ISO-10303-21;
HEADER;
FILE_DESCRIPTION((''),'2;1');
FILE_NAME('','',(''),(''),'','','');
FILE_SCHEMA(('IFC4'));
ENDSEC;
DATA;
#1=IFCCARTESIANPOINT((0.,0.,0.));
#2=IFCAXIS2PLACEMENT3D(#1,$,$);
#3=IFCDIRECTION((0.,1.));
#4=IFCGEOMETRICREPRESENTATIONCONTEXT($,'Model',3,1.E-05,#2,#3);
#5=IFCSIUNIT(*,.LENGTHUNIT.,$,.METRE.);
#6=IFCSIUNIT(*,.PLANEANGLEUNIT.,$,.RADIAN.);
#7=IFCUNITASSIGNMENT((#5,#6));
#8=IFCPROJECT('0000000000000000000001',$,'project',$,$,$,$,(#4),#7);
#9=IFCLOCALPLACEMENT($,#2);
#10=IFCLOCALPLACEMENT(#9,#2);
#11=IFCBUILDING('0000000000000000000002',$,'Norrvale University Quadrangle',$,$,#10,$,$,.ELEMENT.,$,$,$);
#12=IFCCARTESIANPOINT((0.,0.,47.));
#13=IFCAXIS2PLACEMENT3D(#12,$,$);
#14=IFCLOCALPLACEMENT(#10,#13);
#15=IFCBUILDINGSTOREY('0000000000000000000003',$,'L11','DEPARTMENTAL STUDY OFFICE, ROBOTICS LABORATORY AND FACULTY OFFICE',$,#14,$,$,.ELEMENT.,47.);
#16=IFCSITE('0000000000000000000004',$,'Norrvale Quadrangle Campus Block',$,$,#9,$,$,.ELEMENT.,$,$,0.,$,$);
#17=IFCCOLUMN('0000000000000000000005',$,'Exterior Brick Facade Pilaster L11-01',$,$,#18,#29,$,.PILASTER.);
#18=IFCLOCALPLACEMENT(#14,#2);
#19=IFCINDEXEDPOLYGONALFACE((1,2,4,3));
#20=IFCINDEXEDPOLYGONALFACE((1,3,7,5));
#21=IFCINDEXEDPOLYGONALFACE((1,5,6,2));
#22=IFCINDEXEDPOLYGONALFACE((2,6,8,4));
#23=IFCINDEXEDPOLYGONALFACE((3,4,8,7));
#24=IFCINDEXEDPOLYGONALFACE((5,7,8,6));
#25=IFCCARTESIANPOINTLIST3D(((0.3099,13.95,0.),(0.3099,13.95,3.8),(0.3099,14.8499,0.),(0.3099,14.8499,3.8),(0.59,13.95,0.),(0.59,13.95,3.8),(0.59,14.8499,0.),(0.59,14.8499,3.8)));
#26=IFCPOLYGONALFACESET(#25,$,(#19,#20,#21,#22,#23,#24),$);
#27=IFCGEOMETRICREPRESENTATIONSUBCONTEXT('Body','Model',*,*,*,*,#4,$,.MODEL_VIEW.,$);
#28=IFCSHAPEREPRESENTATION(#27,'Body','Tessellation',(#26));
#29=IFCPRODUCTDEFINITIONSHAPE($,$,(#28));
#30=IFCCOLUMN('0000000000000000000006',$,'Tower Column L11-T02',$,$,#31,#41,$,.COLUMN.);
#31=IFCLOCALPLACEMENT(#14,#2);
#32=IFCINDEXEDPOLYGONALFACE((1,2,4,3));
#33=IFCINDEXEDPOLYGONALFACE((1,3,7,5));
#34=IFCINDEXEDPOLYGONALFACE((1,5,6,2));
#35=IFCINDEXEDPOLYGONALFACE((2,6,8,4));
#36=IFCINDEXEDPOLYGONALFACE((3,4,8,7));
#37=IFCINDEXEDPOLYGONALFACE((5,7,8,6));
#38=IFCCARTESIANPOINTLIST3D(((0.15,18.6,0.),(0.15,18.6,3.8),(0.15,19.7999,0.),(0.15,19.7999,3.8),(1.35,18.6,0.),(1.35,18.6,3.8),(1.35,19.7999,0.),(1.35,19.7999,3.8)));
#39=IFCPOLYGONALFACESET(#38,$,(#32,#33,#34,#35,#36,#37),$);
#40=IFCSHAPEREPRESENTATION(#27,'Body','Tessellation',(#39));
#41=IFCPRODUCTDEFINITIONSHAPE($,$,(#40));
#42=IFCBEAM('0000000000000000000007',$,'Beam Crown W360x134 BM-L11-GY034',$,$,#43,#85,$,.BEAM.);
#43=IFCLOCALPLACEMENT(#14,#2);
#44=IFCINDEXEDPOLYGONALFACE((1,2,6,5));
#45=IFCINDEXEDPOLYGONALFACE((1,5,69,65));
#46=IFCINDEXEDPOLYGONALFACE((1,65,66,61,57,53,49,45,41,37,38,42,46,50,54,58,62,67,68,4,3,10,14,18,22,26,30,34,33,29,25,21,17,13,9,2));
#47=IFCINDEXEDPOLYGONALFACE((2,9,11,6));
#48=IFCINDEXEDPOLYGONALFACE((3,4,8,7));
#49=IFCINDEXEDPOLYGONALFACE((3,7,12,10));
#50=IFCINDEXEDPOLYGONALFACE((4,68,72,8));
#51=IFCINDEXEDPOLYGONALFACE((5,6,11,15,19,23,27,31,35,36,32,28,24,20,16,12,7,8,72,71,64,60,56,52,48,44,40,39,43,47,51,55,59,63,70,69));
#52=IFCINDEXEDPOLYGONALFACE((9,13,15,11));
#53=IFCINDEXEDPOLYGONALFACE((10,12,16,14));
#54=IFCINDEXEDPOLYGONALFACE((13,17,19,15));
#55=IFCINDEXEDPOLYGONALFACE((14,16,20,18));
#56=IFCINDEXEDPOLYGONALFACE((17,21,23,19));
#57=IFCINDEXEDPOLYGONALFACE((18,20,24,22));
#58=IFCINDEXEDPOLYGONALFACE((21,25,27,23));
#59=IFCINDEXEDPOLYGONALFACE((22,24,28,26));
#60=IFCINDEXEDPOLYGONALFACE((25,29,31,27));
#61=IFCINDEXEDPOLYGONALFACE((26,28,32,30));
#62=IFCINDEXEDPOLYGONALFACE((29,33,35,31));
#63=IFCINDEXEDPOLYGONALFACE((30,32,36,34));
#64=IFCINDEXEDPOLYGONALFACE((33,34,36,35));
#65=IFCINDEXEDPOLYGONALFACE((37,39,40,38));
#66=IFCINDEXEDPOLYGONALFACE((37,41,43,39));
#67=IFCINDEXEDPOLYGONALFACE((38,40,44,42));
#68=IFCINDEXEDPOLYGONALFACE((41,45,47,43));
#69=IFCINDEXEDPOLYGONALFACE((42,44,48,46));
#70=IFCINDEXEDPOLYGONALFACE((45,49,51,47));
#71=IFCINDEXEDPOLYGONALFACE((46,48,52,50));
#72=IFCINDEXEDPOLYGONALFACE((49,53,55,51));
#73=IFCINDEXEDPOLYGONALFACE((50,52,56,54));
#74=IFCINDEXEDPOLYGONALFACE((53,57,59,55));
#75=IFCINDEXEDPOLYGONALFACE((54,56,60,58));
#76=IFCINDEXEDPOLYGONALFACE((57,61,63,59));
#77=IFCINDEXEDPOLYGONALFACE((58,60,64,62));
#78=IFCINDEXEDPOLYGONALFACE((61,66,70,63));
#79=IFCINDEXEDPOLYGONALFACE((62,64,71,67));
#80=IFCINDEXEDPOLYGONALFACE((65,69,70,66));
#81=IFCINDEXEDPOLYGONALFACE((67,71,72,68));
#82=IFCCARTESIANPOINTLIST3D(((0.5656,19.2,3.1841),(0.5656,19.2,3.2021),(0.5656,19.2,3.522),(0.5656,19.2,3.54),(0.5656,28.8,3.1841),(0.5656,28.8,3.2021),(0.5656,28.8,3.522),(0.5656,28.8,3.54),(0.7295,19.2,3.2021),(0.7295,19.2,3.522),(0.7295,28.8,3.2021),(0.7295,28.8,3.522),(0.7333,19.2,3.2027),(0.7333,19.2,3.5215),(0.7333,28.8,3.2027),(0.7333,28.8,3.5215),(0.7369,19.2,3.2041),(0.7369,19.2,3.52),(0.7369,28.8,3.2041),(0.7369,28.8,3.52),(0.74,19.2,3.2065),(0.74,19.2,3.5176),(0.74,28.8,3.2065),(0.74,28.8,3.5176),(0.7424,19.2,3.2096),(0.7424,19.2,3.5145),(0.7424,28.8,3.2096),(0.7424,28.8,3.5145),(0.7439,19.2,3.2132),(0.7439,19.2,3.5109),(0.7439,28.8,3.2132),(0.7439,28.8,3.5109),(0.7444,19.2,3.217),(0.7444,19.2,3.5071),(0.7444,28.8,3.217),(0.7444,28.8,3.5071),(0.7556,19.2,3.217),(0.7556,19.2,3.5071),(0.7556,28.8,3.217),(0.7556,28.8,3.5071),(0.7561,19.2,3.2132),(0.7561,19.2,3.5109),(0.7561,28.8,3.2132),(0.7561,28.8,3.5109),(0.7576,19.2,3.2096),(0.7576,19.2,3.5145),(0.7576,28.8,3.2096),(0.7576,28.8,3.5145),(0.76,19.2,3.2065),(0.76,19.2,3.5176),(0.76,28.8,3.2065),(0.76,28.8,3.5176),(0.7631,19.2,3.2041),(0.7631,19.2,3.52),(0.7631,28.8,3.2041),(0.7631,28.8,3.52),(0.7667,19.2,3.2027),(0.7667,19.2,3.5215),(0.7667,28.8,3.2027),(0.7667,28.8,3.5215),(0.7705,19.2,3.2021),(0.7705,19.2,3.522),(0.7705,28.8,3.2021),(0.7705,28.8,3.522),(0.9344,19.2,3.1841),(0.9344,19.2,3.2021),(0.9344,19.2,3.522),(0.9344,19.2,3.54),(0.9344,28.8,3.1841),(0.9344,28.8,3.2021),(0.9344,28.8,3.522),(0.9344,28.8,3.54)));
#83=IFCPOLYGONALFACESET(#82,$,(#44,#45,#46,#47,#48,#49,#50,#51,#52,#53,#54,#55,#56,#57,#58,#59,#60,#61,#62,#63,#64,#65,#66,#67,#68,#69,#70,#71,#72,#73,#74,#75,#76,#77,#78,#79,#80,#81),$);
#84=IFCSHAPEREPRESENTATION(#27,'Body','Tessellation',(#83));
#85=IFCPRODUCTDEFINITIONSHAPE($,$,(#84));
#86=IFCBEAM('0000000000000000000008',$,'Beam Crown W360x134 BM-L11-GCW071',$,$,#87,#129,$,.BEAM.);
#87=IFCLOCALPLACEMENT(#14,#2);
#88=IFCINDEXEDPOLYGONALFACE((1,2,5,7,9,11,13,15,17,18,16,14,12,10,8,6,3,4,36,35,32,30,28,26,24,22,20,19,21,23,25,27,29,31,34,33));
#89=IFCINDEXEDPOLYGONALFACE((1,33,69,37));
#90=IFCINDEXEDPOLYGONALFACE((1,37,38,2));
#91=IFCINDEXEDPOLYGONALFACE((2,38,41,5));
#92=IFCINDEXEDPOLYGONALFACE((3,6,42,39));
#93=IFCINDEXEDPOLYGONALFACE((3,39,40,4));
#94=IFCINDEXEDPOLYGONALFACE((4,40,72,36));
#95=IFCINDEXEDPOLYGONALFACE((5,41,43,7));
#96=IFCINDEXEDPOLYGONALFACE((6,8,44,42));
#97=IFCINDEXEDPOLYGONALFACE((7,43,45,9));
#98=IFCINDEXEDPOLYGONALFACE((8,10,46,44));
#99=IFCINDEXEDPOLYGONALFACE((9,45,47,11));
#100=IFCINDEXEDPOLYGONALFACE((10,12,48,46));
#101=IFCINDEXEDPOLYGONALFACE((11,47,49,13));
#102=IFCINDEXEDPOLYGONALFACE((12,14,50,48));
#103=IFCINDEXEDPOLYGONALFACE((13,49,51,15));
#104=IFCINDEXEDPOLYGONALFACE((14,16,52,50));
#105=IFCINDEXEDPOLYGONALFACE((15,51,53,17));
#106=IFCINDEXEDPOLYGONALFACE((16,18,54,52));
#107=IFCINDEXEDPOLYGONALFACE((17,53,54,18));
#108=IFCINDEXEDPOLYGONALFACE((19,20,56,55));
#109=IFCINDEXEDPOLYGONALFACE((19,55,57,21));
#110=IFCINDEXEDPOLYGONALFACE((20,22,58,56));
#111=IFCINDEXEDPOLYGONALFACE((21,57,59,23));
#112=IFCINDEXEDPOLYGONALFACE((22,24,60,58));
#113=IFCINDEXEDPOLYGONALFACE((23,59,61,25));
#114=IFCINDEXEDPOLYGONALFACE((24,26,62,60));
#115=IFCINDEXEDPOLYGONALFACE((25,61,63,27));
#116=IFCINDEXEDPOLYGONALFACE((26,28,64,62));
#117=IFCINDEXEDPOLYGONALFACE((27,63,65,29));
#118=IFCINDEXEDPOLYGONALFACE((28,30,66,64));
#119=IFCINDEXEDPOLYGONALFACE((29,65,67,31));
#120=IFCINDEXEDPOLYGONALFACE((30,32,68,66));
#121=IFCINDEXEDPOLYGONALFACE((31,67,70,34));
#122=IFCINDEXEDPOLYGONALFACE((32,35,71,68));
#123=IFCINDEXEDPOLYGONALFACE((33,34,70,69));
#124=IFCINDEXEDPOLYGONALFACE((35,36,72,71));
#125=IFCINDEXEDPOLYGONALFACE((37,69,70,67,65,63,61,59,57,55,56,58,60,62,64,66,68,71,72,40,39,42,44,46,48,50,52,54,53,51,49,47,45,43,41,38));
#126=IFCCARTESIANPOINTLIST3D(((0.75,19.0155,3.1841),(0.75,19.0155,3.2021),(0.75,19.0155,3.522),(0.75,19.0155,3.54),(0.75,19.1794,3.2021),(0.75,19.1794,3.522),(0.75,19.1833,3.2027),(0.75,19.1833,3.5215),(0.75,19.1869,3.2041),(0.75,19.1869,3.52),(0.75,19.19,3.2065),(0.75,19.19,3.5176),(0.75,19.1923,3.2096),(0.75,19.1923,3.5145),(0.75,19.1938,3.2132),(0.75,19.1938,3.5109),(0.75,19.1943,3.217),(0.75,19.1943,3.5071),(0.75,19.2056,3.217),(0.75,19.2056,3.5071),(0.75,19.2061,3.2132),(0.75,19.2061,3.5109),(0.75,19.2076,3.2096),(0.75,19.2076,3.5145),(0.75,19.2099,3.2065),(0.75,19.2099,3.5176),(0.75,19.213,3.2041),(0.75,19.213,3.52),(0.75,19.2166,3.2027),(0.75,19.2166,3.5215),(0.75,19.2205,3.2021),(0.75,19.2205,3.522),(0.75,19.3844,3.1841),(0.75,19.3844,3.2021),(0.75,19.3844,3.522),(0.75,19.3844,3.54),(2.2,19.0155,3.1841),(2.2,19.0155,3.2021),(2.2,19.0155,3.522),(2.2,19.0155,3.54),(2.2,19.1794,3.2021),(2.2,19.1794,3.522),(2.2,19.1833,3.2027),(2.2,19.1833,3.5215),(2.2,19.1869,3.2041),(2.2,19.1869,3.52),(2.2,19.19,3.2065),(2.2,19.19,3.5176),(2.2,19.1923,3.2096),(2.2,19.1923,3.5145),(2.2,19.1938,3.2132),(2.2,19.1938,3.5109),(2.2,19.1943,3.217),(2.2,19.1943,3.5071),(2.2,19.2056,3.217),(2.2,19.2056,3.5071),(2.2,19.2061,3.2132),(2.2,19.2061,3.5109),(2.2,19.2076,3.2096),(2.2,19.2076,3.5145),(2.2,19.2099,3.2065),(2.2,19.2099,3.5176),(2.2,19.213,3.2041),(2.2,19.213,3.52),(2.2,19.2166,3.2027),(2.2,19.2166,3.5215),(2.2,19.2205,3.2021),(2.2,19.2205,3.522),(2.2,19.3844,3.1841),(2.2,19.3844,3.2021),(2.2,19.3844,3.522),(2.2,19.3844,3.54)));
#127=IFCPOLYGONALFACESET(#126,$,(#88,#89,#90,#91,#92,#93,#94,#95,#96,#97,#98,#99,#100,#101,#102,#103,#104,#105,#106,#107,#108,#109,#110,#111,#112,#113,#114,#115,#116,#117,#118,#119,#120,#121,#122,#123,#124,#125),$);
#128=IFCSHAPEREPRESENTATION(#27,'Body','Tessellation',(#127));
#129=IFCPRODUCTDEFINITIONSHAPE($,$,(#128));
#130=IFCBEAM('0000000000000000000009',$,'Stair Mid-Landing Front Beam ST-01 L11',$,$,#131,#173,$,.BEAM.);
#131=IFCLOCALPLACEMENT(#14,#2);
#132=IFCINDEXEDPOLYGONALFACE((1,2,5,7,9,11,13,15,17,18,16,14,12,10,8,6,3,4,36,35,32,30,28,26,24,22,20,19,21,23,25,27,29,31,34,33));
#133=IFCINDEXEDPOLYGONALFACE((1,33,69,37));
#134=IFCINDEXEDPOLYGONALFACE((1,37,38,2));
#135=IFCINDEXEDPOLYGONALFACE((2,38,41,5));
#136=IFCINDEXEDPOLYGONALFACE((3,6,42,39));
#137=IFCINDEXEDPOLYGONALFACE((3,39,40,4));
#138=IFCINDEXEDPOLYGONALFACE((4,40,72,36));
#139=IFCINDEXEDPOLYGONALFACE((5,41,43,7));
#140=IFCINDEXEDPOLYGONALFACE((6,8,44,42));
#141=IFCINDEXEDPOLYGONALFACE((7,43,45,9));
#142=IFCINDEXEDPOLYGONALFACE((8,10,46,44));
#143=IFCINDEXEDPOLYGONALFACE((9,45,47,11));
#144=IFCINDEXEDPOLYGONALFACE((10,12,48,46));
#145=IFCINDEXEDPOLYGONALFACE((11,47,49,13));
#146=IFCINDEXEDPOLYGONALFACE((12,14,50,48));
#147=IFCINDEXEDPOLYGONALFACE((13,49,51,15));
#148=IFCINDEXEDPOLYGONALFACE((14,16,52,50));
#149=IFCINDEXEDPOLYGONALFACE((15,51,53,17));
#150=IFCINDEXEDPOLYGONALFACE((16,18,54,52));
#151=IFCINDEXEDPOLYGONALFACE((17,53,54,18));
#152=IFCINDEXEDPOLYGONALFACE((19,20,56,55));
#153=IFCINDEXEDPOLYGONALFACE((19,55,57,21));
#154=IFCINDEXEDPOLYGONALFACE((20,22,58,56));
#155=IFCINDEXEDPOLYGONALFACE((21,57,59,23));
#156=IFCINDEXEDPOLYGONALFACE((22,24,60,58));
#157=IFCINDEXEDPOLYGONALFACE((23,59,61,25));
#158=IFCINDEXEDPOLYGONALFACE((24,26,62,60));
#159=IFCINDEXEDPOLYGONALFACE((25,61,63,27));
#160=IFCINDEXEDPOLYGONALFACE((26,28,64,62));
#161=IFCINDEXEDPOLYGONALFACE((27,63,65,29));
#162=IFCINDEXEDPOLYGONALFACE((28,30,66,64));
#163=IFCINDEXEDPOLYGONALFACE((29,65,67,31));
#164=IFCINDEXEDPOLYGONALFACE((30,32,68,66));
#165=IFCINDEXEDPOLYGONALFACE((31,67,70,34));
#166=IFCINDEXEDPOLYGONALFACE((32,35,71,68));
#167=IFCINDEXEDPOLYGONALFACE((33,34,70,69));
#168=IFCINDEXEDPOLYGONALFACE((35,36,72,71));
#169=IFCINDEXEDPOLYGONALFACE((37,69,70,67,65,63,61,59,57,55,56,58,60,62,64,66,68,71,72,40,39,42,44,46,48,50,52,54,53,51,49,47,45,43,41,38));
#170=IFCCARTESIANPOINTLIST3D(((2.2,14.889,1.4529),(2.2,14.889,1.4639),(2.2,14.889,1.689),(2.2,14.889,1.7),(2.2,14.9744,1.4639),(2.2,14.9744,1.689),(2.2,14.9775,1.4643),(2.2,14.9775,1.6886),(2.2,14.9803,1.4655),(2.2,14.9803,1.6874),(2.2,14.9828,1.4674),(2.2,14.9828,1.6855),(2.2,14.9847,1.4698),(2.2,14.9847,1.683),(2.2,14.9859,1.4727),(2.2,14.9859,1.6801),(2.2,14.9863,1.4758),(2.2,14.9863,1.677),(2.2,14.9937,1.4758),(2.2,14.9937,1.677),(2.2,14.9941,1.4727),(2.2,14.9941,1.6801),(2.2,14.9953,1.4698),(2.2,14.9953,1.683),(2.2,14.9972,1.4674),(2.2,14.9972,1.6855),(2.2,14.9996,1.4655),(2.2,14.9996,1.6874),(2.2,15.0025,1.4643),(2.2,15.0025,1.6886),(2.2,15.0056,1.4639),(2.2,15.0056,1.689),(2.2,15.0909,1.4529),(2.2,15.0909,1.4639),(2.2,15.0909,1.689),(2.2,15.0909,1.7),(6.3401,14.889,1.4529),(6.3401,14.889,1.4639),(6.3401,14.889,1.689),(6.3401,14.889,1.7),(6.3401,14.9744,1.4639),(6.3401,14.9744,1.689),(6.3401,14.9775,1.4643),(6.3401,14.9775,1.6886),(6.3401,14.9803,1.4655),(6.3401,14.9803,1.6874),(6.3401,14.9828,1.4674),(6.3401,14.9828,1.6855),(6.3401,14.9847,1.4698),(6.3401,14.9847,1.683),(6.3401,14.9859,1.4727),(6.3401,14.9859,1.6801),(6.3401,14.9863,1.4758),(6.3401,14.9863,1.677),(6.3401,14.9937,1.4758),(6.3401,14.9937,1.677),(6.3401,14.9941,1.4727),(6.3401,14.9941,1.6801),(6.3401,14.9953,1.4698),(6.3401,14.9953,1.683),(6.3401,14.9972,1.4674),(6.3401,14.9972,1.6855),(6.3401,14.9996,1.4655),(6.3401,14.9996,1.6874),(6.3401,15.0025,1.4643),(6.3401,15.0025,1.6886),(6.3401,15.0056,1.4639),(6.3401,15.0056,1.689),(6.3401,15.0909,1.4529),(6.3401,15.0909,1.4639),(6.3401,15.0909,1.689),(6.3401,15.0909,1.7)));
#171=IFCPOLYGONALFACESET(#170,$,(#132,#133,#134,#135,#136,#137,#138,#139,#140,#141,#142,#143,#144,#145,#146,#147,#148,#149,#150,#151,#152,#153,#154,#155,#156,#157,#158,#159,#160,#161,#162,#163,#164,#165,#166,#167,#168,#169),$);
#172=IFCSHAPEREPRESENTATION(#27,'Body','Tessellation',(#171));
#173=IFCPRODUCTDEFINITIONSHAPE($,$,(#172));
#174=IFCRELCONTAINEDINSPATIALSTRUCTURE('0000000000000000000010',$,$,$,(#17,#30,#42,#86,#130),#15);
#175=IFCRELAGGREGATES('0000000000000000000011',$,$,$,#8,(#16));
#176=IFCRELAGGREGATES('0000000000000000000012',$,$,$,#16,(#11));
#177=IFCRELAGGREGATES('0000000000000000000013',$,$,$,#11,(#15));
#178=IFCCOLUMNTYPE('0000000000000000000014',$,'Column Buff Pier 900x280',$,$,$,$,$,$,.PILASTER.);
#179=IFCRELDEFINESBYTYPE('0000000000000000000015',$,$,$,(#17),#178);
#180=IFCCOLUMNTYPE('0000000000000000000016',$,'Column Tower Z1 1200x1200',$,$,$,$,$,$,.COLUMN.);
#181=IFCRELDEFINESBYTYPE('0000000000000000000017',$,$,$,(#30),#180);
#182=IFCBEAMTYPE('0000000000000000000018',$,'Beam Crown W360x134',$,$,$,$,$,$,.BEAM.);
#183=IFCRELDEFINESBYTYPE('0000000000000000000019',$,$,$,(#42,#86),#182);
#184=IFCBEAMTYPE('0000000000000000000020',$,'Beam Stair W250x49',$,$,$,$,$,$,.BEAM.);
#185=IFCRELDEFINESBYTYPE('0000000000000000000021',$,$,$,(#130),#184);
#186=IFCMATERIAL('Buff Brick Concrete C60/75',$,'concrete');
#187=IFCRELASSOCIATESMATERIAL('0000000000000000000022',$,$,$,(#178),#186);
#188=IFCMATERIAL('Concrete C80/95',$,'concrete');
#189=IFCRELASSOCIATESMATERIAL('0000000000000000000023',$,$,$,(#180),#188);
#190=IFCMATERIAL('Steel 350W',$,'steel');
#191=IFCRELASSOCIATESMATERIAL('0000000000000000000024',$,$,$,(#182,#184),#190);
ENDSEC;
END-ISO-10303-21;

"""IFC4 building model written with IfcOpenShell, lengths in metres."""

from ifc_helpers import new_model, si_unit, direction, frame, origin, origin_2d, place, context, subcontext, project, spatial, rectangle, i_section, extrude, material, material_profile, profile_set, type_object, element, save


model = new_model("IFC4")

# Units and contexts
model_context = context("Model", 3, precision=1e-05, world=origin(), true_north=direction((0.0, 1.0)))
body_context = subcontext(model_context, "Body", "Model", "MODEL_VIEW")
ifc_project = project(units=[si_unit("LENGTHUNIT", "METRE"), si_unit("PLANEANGLEUNIT", "RADIAN")], contexts=[model_context])

# Site, building, storey
site_placement = place(None, origin())
site = spatial("IfcSite", under=ifc_project, at=site_placement, Name="Norrvale Quadrangle Campus Block", CompositionType="ELEMENT", RefElevation=0.0)
building_placement = place(site_placement, origin())
building = spatial("IfcBuilding", under=site, at=building_placement, Name="Norrvale University Quadrangle", CompositionType="ELEMENT")
storey_placement = place(building_placement, frame((0.0, 0.0, 47.0)))
storey = spatial("IfcBuildingStorey", under=building, at=storey_placement, Name="L11", Description="DEPARTMENTAL STUDY OFFICE, ROBOTICS LABORATORY AND FACULTY OFFICE", CompositionType="ELEMENT", Elevation=47.0)

# Columns
ifc_material_1 = material(Name="Buff Brick Concrete C60/75", Category="concrete")
ifc_material_profile_1 = material_profile(ifc_material_1, rectangle(XDim=0.8999, YDim=0.28, at=origin_2d()), Name="Buff Brick Concrete C60/75")
ifc_profile_set_1 = profile_set([ifc_material_profile_1], Name="Buff Brick Concrete C60/75")
column_type_1 = type_object("IfcColumnType", Name="Column Buff Pier 900x280", PredefinedType="PILASTER", material=ifc_profile_set_1)
column_1_placement = place(storey_placement, frame((0.45, 14.3999, 0.0), z_axis=(0.0, 0.0, 1.0), x_axis=(0.0, 1.0, 0.0)))
element("IfcColumn", 1, at=column_1_placement, inside=storey, type_object=column_type_1, Name="Exterior Brick Facade Pilaster L11-01", PredefinedType="PILASTER", context=body_context, shape_type="SweptSolid", body=[
    extrude(rectangle(XDim=0.8999, YDim=0.28, at=origin_2d()), origin(), (0.0, 0.0, 1.0), 3.8),
])
ifc_material_2 = material(Name="Concrete C80/95", Category="concrete")
ifc_material_profile_2 = material_profile(ifc_material_2, rectangle(XDim=1.2, YDim=1.2, at=origin_2d()), Name="Concrete C80/95")
ifc_profile_set_2 = profile_set([ifc_material_profile_2], Name="Concrete C80/95")
column_type_2 = type_object("IfcColumnType", Name="Column Tower Z1 1200x1200", PredefinedType="COLUMN", material=ifc_profile_set_2)
column_2_placement = place(storey_placement, frame((0.75, 19.2, 0.0), z_axis=(0.0, 0.0, 1.0), x_axis=(1.0, 0.0, 0.0)))
element("IfcColumn", 2, at=column_2_placement, inside=storey, type_object=column_type_2, Name="Tower Column L11-T02", PredefinedType="COLUMN", context=body_context, shape_type="SweptSolid", body=[
    extrude(rectangle(XDim=1.2, YDim=1.2, at=origin_2d()), origin(), (0.0, 0.0, 1.0), 3.8),
])

# Beams
ifc_material_3 = material(Name="Steel 350W", Category="steel")
ifc_material_profile_3 = material_profile(ifc_material_3, i_section(OverallWidth=0.3689, OverallDepth=0.356, WebThickness=0.0112, FlangeThickness=0.0181, FilletRadius=0.0149, at=origin_2d()), Name="Steel 350W")
ifc_profile_set_3 = profile_set([ifc_material_profile_3], Name="Steel 350W")
beam_type_1 = type_object("IfcBeamType", Name="Beam Crown W360x134", PredefinedType="BEAM", material=ifc_profile_set_3)
beam_1_placement = place(storey_placement, frame((0.75, 19.2, 3.3621), z_axis=(0.0, 1.0, 0.0), x_axis=(-1.0, 0.0, 0.0)))
element("IfcBeam", 3, at=beam_1_placement, inside=storey, type_object=beam_type_1, Name="Beam Crown W360x134 BM-L11-GY034", PredefinedType="BEAM", context=body_context, shape_type="SweptSolid", body=[
    extrude(i_section(OverallWidth=0.3689, OverallDepth=0.356, WebThickness=0.0112, FlangeThickness=0.0181, FilletRadius=0.0149, at=origin_2d()), origin(), (0.0, 0.0, 1.0), 9.6001),
])
beam_2_placement = place(storey_placement, frame((0.75, 19.2, 3.3621), z_axis=(1.0, 0.0, 0.0), x_axis=(0.0, 1.0, 0.0)))
element("IfcBeam", 4, at=beam_2_placement, inside=storey, type_object=beam_type_1, Name="Beam Crown W360x134 BM-L11-GCW071", PredefinedType="BEAM", context=body_context, shape_type="SweptSolid", body=[
    extrude(i_section(OverallWidth=0.3689, OverallDepth=0.356, WebThickness=0.0112, FlangeThickness=0.0181, FilletRadius=0.0149, at=origin_2d()), origin(), (0.0, 0.0, 1.0), 1.45),
])
ifc_material_profile_4 = material_profile(ifc_material_3, i_section(OverallWidth=0.2019, OverallDepth=0.2471, WebThickness=0.0073, FlangeThickness=0.011, FilletRadius=0.012, at=origin_2d()), Name="Steel 350W")
ifc_profile_set_4 = profile_set([ifc_material_profile_4], Name="Steel 350W")
beam_type_2 = type_object("IfcBeamType", Name="Beam Stair W250x49", PredefinedType="BEAM", material=ifc_profile_set_4)
for number, where, z_axis, x_axis, name in (
    (5, (2.2, 14.99, 1.5764), (1.0, 0.0, 0.0), (0.0, 1.0, 0.0), "Stair Mid-Landing Front Beam ST-01 L11"),
):
    element("IfcBeam", number, at=place(storey_placement, frame(where, z_axis=z_axis, x_axis=x_axis)), inside=storey, type_object=beam_type_2, Name=name, PredefinedType="BEAM", context=body_context, shape_type="SweptSolid", body=[
        extrude(i_section(OverallWidth=0.2019, OverallDepth=0.2471, WebThickness=0.0073, FlangeThickness=0.011, FilletRadius=0.012, at=origin_2d()), origin(), (0.0, 0.0, 1.0), 4.1401),
    ])

save(model, "model.ifc")
